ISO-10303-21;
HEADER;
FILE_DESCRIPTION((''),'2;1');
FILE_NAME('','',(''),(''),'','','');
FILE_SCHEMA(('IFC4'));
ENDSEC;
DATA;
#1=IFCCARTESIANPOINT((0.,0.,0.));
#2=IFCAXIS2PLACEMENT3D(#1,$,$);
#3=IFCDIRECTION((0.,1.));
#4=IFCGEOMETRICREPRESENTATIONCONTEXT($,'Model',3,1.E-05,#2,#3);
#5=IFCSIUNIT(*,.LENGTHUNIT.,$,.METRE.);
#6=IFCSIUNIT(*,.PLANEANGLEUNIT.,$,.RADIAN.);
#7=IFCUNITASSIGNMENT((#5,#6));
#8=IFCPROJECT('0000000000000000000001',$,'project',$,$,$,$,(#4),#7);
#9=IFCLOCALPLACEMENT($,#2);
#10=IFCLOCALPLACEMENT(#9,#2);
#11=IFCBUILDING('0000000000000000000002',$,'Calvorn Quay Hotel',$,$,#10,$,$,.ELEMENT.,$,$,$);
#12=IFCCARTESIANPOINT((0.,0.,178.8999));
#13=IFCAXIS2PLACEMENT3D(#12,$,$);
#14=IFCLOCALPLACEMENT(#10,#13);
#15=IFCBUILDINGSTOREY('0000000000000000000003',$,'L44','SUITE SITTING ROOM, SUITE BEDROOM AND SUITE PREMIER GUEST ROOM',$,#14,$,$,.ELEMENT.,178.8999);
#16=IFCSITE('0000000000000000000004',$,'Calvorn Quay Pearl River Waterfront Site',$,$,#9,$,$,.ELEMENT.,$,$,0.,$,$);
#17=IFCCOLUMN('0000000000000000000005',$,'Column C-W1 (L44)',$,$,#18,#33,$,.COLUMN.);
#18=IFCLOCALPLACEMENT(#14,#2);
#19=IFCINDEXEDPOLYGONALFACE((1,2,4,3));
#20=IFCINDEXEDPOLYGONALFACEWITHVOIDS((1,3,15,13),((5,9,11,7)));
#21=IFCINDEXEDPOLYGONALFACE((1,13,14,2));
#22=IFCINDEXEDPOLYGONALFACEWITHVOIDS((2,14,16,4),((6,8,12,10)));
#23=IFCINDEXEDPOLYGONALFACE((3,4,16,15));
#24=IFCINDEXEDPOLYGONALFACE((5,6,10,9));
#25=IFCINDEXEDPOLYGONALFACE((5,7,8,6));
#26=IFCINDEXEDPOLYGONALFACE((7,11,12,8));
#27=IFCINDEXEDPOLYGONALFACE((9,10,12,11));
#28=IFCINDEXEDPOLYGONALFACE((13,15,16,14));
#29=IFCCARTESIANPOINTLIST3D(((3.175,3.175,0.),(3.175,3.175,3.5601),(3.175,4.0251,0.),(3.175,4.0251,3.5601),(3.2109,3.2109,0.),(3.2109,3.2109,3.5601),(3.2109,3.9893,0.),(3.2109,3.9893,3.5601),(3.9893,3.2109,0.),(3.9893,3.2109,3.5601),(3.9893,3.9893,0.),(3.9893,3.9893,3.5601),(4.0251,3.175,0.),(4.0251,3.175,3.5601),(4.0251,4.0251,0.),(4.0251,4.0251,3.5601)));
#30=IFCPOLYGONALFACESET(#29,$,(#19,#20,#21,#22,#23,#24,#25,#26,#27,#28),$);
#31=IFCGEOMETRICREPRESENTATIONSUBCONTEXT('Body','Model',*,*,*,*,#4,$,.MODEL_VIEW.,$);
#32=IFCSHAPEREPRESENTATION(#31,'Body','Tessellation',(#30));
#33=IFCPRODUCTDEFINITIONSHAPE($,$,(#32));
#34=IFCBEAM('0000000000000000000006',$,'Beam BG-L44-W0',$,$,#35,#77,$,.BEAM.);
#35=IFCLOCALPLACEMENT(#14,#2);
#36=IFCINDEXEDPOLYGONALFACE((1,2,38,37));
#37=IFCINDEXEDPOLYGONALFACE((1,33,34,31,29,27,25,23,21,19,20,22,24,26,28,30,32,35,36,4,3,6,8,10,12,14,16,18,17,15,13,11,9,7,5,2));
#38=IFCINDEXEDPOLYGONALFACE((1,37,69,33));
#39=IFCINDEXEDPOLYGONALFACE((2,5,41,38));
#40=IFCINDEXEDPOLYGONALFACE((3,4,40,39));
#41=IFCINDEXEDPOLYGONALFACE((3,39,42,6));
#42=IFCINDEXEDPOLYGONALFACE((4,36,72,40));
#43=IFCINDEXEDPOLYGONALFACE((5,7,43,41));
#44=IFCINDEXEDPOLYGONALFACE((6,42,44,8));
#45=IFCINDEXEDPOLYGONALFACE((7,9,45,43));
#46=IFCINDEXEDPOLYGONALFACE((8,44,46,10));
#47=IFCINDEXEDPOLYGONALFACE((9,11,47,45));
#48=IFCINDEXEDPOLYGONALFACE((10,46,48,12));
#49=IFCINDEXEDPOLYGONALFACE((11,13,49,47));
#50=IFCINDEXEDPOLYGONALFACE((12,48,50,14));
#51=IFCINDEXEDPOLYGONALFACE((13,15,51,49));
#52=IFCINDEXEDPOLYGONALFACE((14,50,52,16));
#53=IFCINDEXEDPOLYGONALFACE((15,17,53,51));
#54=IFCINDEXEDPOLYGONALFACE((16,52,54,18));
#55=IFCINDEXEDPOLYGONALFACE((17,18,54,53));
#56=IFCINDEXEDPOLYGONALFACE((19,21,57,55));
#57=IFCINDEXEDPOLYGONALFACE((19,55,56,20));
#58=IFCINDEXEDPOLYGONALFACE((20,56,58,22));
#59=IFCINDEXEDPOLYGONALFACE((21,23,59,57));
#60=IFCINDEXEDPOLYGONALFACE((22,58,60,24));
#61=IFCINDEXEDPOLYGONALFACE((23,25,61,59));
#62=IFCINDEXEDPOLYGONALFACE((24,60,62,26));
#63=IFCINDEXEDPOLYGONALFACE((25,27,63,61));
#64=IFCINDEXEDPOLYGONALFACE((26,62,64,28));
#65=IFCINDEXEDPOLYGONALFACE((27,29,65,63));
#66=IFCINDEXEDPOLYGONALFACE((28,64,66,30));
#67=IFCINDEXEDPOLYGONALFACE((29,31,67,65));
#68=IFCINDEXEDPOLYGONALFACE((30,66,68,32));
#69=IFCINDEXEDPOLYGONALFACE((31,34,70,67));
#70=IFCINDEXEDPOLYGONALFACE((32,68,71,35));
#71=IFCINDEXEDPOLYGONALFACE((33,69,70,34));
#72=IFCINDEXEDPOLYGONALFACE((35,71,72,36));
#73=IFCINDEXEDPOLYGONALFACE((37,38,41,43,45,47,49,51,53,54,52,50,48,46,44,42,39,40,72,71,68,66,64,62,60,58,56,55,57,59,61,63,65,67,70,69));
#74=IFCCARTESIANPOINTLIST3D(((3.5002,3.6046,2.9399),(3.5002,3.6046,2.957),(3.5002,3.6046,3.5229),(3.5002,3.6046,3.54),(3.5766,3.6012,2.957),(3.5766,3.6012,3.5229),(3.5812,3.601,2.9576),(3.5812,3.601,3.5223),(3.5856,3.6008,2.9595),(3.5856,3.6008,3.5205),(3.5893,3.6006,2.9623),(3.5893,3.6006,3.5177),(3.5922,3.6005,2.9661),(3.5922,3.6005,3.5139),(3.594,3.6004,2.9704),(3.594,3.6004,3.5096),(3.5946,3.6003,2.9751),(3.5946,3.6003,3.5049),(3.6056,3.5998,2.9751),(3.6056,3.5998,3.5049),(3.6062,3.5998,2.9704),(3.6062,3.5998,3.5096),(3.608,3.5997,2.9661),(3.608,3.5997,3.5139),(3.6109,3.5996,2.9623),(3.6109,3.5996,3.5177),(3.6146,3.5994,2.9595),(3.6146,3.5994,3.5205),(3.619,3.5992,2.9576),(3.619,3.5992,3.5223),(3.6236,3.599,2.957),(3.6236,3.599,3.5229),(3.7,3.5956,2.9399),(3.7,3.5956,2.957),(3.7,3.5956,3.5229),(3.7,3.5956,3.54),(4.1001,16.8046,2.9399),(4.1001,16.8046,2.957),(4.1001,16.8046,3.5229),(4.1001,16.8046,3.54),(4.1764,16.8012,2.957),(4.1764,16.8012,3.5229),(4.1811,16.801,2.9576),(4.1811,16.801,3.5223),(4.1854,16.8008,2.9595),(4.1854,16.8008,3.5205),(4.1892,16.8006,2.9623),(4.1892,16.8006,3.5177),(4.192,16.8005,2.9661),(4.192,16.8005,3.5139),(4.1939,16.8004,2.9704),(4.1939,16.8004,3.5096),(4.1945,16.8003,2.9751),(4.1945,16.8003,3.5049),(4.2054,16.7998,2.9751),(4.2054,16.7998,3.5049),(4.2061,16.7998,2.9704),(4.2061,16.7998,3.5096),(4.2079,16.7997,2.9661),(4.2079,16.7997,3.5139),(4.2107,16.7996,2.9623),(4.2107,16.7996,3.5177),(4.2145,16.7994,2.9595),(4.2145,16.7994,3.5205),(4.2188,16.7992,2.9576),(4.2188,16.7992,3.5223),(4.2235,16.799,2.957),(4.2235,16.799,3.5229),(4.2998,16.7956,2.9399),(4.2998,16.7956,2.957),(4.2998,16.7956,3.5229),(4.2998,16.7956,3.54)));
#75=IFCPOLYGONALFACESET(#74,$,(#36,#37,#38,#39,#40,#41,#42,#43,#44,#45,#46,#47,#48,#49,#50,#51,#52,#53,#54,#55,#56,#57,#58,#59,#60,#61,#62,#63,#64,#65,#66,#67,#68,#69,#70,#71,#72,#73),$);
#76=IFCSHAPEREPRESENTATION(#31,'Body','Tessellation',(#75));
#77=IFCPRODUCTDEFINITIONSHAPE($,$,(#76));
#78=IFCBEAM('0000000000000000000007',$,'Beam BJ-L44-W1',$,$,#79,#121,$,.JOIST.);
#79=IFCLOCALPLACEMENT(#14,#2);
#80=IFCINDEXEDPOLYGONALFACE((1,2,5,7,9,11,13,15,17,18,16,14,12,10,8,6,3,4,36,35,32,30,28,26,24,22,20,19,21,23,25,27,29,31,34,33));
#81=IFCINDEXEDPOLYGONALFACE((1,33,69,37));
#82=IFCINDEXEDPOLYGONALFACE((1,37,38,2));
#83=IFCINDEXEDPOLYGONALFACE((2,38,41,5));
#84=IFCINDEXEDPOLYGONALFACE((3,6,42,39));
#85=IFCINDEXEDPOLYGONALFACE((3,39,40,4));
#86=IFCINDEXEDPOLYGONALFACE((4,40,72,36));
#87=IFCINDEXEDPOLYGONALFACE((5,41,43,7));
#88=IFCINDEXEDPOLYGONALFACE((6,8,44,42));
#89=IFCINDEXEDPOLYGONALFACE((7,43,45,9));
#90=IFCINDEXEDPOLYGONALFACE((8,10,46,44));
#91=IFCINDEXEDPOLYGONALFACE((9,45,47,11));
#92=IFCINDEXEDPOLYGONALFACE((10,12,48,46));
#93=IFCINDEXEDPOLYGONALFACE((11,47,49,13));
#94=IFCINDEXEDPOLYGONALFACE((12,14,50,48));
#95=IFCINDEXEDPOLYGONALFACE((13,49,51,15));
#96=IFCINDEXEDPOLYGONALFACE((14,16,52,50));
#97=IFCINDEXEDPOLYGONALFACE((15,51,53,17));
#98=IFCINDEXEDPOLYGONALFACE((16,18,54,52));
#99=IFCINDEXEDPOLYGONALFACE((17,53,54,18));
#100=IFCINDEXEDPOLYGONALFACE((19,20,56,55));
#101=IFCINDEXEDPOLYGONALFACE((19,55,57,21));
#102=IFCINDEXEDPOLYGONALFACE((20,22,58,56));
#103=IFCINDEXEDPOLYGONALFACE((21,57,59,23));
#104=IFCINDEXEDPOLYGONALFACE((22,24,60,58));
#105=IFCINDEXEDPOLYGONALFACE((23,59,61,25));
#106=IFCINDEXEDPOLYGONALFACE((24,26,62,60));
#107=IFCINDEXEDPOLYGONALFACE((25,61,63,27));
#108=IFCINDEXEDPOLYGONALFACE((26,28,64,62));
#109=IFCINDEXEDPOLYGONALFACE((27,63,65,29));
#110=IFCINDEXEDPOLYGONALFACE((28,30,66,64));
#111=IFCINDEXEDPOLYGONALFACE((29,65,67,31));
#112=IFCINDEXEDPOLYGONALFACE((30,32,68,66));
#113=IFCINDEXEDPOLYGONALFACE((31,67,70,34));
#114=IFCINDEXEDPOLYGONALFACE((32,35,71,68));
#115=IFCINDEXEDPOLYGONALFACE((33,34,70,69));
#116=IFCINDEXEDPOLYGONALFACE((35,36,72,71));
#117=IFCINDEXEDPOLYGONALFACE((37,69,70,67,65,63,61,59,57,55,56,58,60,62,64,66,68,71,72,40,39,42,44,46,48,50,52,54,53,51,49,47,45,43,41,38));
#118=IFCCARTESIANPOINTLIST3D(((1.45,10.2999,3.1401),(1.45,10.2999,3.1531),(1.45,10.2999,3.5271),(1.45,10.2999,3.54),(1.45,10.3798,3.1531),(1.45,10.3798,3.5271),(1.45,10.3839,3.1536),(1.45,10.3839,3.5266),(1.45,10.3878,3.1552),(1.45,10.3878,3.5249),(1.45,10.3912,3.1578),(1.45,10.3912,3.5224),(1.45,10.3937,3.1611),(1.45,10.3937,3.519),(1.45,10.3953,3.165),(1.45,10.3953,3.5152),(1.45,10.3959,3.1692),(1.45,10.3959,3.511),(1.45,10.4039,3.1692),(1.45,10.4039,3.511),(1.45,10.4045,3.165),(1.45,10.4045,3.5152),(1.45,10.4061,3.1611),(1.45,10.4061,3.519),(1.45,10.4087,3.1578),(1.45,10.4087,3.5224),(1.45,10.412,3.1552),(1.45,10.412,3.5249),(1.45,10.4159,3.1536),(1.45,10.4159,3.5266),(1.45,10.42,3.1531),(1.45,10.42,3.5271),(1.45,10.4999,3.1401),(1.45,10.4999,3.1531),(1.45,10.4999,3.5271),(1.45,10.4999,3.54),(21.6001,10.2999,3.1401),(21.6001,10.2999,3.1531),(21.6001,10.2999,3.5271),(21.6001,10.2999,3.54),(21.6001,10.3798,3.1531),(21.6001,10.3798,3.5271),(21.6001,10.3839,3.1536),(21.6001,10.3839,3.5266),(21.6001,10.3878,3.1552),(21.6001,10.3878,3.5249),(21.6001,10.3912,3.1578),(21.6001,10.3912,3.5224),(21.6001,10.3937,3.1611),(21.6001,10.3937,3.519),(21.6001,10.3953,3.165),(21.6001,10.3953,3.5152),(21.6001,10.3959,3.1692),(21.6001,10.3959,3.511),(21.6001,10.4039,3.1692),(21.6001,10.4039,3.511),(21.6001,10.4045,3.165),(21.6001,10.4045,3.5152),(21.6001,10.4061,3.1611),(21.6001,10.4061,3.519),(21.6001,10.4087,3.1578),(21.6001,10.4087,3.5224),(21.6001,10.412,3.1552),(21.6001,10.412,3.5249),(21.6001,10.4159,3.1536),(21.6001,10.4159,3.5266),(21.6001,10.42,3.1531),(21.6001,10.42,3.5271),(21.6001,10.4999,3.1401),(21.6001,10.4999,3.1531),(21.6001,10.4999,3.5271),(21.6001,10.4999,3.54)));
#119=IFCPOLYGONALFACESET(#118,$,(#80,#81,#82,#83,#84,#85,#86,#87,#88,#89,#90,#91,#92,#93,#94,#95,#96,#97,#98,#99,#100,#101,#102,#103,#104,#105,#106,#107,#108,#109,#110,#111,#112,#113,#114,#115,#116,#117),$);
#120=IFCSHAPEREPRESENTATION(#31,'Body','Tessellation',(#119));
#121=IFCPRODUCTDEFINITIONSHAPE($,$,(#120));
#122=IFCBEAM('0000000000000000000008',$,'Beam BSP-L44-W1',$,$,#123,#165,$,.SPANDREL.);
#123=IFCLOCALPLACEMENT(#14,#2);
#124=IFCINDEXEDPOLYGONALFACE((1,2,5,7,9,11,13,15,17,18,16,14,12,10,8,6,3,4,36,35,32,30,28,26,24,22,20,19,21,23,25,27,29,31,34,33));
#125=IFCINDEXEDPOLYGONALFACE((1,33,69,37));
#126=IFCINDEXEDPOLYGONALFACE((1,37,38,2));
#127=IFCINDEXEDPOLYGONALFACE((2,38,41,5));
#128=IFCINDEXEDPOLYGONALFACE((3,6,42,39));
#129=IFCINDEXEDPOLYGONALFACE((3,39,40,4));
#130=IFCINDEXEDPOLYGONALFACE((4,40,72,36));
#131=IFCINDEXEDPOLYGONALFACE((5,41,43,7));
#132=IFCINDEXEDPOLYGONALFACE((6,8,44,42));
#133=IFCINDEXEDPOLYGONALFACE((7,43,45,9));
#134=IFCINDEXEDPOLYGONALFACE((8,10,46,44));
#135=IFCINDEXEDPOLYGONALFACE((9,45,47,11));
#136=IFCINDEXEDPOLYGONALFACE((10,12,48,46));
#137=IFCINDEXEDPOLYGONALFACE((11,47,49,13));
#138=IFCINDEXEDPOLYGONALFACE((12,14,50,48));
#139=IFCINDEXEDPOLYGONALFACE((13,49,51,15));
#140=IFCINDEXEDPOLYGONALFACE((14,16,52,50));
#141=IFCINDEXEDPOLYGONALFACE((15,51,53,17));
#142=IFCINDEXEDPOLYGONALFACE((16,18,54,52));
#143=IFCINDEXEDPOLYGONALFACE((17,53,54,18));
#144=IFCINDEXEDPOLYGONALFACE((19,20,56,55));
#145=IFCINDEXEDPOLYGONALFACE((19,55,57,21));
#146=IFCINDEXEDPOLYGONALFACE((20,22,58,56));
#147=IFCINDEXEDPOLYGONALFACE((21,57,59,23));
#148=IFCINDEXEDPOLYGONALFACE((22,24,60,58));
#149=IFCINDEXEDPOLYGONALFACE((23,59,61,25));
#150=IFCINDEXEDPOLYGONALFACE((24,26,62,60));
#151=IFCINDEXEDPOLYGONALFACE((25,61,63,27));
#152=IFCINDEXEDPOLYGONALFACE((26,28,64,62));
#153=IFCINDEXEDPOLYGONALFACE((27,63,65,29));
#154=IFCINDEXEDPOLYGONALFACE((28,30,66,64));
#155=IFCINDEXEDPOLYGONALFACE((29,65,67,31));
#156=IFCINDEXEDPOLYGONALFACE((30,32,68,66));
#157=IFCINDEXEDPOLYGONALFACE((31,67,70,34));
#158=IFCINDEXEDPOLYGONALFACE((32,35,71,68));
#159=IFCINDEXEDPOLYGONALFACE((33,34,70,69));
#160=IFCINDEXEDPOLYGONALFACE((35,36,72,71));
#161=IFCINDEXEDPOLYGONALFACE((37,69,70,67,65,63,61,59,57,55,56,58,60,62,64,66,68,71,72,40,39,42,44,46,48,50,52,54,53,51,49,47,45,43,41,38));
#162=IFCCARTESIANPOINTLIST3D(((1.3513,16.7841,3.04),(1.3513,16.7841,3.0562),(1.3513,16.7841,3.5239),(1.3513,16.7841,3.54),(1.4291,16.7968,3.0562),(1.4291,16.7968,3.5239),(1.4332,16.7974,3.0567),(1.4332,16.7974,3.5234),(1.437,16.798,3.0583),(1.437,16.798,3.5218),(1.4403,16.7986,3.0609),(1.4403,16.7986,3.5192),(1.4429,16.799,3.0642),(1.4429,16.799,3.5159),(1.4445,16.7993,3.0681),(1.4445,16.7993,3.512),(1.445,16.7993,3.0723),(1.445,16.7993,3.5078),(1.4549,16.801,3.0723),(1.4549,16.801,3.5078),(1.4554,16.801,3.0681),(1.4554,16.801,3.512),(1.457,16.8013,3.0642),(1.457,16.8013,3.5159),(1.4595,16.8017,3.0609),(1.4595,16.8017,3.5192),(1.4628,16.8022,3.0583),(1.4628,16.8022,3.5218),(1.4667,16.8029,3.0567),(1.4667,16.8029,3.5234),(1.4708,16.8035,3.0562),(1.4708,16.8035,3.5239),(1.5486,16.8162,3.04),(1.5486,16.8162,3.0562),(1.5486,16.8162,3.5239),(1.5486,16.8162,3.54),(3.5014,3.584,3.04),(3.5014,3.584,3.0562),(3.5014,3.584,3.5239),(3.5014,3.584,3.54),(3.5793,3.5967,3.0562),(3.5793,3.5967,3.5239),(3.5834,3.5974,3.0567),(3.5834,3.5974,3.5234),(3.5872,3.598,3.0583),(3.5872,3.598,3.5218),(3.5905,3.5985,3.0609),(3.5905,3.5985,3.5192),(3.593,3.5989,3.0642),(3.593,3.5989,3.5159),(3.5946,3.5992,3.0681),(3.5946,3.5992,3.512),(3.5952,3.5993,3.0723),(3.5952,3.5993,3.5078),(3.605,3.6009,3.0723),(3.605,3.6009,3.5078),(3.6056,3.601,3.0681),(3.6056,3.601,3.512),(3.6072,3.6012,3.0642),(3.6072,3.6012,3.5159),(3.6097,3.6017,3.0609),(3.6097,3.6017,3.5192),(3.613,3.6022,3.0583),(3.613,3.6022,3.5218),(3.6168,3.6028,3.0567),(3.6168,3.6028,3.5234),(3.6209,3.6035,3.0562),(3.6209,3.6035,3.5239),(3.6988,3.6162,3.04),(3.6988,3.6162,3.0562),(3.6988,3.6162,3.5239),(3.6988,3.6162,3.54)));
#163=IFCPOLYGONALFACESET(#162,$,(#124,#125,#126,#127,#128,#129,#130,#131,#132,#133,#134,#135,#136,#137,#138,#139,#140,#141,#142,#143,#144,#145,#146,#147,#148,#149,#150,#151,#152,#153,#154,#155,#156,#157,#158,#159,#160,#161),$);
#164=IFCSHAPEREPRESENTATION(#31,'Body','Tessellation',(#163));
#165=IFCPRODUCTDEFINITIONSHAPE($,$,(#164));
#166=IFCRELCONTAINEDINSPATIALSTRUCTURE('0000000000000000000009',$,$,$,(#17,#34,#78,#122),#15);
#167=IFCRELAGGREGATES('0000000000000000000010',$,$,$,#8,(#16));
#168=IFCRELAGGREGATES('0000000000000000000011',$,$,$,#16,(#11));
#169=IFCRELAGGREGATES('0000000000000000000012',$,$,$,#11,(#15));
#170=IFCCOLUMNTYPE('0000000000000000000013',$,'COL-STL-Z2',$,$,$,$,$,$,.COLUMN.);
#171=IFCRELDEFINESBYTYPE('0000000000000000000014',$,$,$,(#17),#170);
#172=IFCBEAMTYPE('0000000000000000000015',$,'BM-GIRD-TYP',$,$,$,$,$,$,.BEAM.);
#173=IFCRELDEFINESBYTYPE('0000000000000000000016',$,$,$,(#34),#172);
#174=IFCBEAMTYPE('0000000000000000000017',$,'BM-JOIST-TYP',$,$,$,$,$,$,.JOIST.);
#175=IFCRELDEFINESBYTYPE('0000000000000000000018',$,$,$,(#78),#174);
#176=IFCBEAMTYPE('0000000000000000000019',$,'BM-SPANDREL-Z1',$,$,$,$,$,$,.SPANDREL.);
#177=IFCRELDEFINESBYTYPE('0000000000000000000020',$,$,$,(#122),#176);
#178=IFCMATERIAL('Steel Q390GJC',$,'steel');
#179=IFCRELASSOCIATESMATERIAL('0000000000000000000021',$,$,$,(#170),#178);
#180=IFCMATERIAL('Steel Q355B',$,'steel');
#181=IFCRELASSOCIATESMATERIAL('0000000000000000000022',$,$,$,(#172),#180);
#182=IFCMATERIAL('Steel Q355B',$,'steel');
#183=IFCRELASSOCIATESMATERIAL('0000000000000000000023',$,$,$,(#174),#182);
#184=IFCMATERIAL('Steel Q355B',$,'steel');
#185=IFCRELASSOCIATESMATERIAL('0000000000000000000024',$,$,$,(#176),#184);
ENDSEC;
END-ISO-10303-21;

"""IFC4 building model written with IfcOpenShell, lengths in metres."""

from ifc_helpers import new_model, si_unit, direction, frame, origin, origin_2d, place, context, subcontext, project, spatial, hollow_rectangle, i_section, extrude, material, material_profile, profile_set, type_object, element, save


model = new_model("IFC4")

# Units and contexts
model_context = context("Model", 3, precision=1e-05, world=origin(), true_north=direction((0.0, 1.0)))
body_context = subcontext(model_context, "Body", "Model", "MODEL_VIEW")
ifc_project = project(units=[si_unit("LENGTHUNIT", "METRE"), si_unit("PLANEANGLEUNIT", "RADIAN")], contexts=[model_context])

# Site, building, storey
site_placement = place(None, origin())
site = spatial("IfcSite", under=ifc_project, at=site_placement, Name="Calvorn Quay Pearl River Waterfront Site", CompositionType="ELEMENT", RefElevation=0.0)
building_placement = place(site_placement, origin())
building = spatial("IfcBuilding", under=site, at=building_placement, Name="Calvorn Quay Hotel", CompositionType="ELEMENT")
storey_placement = place(building_placement, frame((0.0, 0.0, 178.8999)))
storey = spatial("IfcBuildingStorey", under=building, at=storey_placement, Name="L44", Description="SUITE SITTING ROOM, SUITE BEDROOM AND SUITE PREMIER GUEST ROOM", CompositionType="ELEMENT", Elevation=178.8999)

# Column
ifc_material_1 = material(Name="Steel Q390GJC", Category="steel")
ifc_material_profile_1 = material_profile(ifc_material_1, hollow_rectangle(XDim=0.8501, YDim=0.8501, WallThickness=0.0359, at=origin_2d()), Name="BOX850x850x36")
ifc_profile_set_1 = profile_set([ifc_material_profile_1], Name="Steel Q390GJC")
column_type = type_object("IfcColumnType", Name="COL-STL-Z2", PredefinedType="COLUMN", material=ifc_profile_set_1)
column_placement = place(storey_placement, frame((3.6001, 3.6001, 0.0), z_axis=(0.0, 0.0, 1.0), x_axis=(1.0, 0.0, 0.0)))
element("IfcColumn", 1, at=column_placement, inside=storey, type_object=column_type, Name="Column C-W1 (L44)", PredefinedType="COLUMN", context=body_context, shape_type="SweptSolid", body=[
    extrude(hollow_rectangle(XDim=0.8501, YDim=0.8501, WallThickness=0.0359, at=origin_2d()), origin(), (0.0, 0.0, 1.0), 3.5601),
])

# Beams
ifc_material_2 = material(Name="Steel Q355B", Category="steel")
ifc_material_profile_2 = material_profile(ifc_material_2, i_section(OverallWidth=0.2, OverallDepth=0.6001, WebThickness=0.011, FlangeThickness=0.0171, FilletRadius=0.0181, at=origin_2d()), Name="HN600x200x11x17")
ifc_profile_set_2 = profile_set([ifc_material_profile_2], Name="Steel Q355B")
beam_type_1 = type_object("IfcBeamType", Name="BM-GIRD-TYP", PredefinedType="BEAM", material=ifc_profile_set_2)
beam_1_placement = place(storey_placement, frame((3.6001, 3.6001, 3.24), z_axis=(0.045397, 0.998969, 0.0), x_axis=(-0.998969, 0.045397, 0.0)))
element("IfcBeam", 2, at=beam_1_placement, inside=storey, type_object=beam_type_1, Name="Beam BG-L44-W0", PredefinedType="BEAM", context=body_context, shape_type="SweptSolid", body=[
    extrude(i_section(OverallWidth=0.2, OverallDepth=0.6001, WebThickness=0.011, FlangeThickness=0.0171, FilletRadius=0.0181, at=origin_2d()), origin(), (0.0, 0.0, 1.0), 13.2136),
])
ifc_material_3 = material(Name="Steel Q355B", Category="steel")
ifc_material_profile_3 = material_profile(ifc_material_3, i_section(OverallWidth=0.2, OverallDepth=0.3999, WebThickness=0.0081, FlangeThickness=0.0129, FilletRadius=0.0161, at=origin_2d()), Name="HN400x200x8x13")
ifc_profile_set_3 = profile_set([ifc_material_profile_3], Name="Steel Q355B")
beam_type_2 = type_object("IfcBeamType", Name="BM-JOIST-TYP", PredefinedType="JOIST", material=ifc_profile_set_3)
beam_2_placement = place(storey_placement, frame((1.45, 10.3999, 3.3401), z_axis=(1.0, 0.0, 0.0), x_axis=(0.0, 1.0, 0.0)))
element("IfcBeam", 3, at=beam_2_placement, inside=storey, type_object=beam_type_2, Name="Beam BJ-L44-W1", PredefinedType="JOIST", context=body_context, shape_type="SweptSolid", body=[
    extrude(i_section(OverallWidth=0.2, OverallDepth=0.3999, WebThickness=0.0081, FlangeThickness=0.0129, FilletRadius=0.0161, at=origin_2d()), origin(), (0.0, 0.0, 1.0), 20.1501),
])
ifc_material_4 = material(Name="Steel Q355B", Category="steel")
ifc_material_profile_4 = material_profile(ifc_material_4, i_section(OverallWidth=0.2, OverallDepth=0.5, WebThickness=0.01, FlangeThickness=0.0161, FilletRadius=0.0161, at=origin_2d()), Name="HN500x200x10x16")
ifc_profile_set_4 = profile_set([ifc_material_profile_4], Name="Steel Q355B")
beam_type_3 = type_object("IfcBeamType", Name="BM-SPANDREL-Z1", PredefinedType="SPANDREL", material=ifc_profile_set_4)
beam_3_placement = place(storey_placement, frame((3.6001, 3.6001, 3.29), z_axis=(-0.160772, 0.986992, 0.0), x_axis=(-0.986992, -0.160772, 0.0)))
element("IfcBeam", 4, at=beam_3_placement, inside=storey, type_object=beam_type_3, Name="Beam BSP-L44-W1", PredefinedType="SPANDREL", context=body_context, shape_type="SweptSolid", body=[
    extrude(i_section(OverallWidth=0.2, OverallDepth=0.5, WebThickness=0.01, FlangeThickness=0.0161, FilletRadius=0.0161, at=origin_2d()), origin(), (0.0, 0.0, 1.0), 13.374),
])

save(model, "model.ifc")
